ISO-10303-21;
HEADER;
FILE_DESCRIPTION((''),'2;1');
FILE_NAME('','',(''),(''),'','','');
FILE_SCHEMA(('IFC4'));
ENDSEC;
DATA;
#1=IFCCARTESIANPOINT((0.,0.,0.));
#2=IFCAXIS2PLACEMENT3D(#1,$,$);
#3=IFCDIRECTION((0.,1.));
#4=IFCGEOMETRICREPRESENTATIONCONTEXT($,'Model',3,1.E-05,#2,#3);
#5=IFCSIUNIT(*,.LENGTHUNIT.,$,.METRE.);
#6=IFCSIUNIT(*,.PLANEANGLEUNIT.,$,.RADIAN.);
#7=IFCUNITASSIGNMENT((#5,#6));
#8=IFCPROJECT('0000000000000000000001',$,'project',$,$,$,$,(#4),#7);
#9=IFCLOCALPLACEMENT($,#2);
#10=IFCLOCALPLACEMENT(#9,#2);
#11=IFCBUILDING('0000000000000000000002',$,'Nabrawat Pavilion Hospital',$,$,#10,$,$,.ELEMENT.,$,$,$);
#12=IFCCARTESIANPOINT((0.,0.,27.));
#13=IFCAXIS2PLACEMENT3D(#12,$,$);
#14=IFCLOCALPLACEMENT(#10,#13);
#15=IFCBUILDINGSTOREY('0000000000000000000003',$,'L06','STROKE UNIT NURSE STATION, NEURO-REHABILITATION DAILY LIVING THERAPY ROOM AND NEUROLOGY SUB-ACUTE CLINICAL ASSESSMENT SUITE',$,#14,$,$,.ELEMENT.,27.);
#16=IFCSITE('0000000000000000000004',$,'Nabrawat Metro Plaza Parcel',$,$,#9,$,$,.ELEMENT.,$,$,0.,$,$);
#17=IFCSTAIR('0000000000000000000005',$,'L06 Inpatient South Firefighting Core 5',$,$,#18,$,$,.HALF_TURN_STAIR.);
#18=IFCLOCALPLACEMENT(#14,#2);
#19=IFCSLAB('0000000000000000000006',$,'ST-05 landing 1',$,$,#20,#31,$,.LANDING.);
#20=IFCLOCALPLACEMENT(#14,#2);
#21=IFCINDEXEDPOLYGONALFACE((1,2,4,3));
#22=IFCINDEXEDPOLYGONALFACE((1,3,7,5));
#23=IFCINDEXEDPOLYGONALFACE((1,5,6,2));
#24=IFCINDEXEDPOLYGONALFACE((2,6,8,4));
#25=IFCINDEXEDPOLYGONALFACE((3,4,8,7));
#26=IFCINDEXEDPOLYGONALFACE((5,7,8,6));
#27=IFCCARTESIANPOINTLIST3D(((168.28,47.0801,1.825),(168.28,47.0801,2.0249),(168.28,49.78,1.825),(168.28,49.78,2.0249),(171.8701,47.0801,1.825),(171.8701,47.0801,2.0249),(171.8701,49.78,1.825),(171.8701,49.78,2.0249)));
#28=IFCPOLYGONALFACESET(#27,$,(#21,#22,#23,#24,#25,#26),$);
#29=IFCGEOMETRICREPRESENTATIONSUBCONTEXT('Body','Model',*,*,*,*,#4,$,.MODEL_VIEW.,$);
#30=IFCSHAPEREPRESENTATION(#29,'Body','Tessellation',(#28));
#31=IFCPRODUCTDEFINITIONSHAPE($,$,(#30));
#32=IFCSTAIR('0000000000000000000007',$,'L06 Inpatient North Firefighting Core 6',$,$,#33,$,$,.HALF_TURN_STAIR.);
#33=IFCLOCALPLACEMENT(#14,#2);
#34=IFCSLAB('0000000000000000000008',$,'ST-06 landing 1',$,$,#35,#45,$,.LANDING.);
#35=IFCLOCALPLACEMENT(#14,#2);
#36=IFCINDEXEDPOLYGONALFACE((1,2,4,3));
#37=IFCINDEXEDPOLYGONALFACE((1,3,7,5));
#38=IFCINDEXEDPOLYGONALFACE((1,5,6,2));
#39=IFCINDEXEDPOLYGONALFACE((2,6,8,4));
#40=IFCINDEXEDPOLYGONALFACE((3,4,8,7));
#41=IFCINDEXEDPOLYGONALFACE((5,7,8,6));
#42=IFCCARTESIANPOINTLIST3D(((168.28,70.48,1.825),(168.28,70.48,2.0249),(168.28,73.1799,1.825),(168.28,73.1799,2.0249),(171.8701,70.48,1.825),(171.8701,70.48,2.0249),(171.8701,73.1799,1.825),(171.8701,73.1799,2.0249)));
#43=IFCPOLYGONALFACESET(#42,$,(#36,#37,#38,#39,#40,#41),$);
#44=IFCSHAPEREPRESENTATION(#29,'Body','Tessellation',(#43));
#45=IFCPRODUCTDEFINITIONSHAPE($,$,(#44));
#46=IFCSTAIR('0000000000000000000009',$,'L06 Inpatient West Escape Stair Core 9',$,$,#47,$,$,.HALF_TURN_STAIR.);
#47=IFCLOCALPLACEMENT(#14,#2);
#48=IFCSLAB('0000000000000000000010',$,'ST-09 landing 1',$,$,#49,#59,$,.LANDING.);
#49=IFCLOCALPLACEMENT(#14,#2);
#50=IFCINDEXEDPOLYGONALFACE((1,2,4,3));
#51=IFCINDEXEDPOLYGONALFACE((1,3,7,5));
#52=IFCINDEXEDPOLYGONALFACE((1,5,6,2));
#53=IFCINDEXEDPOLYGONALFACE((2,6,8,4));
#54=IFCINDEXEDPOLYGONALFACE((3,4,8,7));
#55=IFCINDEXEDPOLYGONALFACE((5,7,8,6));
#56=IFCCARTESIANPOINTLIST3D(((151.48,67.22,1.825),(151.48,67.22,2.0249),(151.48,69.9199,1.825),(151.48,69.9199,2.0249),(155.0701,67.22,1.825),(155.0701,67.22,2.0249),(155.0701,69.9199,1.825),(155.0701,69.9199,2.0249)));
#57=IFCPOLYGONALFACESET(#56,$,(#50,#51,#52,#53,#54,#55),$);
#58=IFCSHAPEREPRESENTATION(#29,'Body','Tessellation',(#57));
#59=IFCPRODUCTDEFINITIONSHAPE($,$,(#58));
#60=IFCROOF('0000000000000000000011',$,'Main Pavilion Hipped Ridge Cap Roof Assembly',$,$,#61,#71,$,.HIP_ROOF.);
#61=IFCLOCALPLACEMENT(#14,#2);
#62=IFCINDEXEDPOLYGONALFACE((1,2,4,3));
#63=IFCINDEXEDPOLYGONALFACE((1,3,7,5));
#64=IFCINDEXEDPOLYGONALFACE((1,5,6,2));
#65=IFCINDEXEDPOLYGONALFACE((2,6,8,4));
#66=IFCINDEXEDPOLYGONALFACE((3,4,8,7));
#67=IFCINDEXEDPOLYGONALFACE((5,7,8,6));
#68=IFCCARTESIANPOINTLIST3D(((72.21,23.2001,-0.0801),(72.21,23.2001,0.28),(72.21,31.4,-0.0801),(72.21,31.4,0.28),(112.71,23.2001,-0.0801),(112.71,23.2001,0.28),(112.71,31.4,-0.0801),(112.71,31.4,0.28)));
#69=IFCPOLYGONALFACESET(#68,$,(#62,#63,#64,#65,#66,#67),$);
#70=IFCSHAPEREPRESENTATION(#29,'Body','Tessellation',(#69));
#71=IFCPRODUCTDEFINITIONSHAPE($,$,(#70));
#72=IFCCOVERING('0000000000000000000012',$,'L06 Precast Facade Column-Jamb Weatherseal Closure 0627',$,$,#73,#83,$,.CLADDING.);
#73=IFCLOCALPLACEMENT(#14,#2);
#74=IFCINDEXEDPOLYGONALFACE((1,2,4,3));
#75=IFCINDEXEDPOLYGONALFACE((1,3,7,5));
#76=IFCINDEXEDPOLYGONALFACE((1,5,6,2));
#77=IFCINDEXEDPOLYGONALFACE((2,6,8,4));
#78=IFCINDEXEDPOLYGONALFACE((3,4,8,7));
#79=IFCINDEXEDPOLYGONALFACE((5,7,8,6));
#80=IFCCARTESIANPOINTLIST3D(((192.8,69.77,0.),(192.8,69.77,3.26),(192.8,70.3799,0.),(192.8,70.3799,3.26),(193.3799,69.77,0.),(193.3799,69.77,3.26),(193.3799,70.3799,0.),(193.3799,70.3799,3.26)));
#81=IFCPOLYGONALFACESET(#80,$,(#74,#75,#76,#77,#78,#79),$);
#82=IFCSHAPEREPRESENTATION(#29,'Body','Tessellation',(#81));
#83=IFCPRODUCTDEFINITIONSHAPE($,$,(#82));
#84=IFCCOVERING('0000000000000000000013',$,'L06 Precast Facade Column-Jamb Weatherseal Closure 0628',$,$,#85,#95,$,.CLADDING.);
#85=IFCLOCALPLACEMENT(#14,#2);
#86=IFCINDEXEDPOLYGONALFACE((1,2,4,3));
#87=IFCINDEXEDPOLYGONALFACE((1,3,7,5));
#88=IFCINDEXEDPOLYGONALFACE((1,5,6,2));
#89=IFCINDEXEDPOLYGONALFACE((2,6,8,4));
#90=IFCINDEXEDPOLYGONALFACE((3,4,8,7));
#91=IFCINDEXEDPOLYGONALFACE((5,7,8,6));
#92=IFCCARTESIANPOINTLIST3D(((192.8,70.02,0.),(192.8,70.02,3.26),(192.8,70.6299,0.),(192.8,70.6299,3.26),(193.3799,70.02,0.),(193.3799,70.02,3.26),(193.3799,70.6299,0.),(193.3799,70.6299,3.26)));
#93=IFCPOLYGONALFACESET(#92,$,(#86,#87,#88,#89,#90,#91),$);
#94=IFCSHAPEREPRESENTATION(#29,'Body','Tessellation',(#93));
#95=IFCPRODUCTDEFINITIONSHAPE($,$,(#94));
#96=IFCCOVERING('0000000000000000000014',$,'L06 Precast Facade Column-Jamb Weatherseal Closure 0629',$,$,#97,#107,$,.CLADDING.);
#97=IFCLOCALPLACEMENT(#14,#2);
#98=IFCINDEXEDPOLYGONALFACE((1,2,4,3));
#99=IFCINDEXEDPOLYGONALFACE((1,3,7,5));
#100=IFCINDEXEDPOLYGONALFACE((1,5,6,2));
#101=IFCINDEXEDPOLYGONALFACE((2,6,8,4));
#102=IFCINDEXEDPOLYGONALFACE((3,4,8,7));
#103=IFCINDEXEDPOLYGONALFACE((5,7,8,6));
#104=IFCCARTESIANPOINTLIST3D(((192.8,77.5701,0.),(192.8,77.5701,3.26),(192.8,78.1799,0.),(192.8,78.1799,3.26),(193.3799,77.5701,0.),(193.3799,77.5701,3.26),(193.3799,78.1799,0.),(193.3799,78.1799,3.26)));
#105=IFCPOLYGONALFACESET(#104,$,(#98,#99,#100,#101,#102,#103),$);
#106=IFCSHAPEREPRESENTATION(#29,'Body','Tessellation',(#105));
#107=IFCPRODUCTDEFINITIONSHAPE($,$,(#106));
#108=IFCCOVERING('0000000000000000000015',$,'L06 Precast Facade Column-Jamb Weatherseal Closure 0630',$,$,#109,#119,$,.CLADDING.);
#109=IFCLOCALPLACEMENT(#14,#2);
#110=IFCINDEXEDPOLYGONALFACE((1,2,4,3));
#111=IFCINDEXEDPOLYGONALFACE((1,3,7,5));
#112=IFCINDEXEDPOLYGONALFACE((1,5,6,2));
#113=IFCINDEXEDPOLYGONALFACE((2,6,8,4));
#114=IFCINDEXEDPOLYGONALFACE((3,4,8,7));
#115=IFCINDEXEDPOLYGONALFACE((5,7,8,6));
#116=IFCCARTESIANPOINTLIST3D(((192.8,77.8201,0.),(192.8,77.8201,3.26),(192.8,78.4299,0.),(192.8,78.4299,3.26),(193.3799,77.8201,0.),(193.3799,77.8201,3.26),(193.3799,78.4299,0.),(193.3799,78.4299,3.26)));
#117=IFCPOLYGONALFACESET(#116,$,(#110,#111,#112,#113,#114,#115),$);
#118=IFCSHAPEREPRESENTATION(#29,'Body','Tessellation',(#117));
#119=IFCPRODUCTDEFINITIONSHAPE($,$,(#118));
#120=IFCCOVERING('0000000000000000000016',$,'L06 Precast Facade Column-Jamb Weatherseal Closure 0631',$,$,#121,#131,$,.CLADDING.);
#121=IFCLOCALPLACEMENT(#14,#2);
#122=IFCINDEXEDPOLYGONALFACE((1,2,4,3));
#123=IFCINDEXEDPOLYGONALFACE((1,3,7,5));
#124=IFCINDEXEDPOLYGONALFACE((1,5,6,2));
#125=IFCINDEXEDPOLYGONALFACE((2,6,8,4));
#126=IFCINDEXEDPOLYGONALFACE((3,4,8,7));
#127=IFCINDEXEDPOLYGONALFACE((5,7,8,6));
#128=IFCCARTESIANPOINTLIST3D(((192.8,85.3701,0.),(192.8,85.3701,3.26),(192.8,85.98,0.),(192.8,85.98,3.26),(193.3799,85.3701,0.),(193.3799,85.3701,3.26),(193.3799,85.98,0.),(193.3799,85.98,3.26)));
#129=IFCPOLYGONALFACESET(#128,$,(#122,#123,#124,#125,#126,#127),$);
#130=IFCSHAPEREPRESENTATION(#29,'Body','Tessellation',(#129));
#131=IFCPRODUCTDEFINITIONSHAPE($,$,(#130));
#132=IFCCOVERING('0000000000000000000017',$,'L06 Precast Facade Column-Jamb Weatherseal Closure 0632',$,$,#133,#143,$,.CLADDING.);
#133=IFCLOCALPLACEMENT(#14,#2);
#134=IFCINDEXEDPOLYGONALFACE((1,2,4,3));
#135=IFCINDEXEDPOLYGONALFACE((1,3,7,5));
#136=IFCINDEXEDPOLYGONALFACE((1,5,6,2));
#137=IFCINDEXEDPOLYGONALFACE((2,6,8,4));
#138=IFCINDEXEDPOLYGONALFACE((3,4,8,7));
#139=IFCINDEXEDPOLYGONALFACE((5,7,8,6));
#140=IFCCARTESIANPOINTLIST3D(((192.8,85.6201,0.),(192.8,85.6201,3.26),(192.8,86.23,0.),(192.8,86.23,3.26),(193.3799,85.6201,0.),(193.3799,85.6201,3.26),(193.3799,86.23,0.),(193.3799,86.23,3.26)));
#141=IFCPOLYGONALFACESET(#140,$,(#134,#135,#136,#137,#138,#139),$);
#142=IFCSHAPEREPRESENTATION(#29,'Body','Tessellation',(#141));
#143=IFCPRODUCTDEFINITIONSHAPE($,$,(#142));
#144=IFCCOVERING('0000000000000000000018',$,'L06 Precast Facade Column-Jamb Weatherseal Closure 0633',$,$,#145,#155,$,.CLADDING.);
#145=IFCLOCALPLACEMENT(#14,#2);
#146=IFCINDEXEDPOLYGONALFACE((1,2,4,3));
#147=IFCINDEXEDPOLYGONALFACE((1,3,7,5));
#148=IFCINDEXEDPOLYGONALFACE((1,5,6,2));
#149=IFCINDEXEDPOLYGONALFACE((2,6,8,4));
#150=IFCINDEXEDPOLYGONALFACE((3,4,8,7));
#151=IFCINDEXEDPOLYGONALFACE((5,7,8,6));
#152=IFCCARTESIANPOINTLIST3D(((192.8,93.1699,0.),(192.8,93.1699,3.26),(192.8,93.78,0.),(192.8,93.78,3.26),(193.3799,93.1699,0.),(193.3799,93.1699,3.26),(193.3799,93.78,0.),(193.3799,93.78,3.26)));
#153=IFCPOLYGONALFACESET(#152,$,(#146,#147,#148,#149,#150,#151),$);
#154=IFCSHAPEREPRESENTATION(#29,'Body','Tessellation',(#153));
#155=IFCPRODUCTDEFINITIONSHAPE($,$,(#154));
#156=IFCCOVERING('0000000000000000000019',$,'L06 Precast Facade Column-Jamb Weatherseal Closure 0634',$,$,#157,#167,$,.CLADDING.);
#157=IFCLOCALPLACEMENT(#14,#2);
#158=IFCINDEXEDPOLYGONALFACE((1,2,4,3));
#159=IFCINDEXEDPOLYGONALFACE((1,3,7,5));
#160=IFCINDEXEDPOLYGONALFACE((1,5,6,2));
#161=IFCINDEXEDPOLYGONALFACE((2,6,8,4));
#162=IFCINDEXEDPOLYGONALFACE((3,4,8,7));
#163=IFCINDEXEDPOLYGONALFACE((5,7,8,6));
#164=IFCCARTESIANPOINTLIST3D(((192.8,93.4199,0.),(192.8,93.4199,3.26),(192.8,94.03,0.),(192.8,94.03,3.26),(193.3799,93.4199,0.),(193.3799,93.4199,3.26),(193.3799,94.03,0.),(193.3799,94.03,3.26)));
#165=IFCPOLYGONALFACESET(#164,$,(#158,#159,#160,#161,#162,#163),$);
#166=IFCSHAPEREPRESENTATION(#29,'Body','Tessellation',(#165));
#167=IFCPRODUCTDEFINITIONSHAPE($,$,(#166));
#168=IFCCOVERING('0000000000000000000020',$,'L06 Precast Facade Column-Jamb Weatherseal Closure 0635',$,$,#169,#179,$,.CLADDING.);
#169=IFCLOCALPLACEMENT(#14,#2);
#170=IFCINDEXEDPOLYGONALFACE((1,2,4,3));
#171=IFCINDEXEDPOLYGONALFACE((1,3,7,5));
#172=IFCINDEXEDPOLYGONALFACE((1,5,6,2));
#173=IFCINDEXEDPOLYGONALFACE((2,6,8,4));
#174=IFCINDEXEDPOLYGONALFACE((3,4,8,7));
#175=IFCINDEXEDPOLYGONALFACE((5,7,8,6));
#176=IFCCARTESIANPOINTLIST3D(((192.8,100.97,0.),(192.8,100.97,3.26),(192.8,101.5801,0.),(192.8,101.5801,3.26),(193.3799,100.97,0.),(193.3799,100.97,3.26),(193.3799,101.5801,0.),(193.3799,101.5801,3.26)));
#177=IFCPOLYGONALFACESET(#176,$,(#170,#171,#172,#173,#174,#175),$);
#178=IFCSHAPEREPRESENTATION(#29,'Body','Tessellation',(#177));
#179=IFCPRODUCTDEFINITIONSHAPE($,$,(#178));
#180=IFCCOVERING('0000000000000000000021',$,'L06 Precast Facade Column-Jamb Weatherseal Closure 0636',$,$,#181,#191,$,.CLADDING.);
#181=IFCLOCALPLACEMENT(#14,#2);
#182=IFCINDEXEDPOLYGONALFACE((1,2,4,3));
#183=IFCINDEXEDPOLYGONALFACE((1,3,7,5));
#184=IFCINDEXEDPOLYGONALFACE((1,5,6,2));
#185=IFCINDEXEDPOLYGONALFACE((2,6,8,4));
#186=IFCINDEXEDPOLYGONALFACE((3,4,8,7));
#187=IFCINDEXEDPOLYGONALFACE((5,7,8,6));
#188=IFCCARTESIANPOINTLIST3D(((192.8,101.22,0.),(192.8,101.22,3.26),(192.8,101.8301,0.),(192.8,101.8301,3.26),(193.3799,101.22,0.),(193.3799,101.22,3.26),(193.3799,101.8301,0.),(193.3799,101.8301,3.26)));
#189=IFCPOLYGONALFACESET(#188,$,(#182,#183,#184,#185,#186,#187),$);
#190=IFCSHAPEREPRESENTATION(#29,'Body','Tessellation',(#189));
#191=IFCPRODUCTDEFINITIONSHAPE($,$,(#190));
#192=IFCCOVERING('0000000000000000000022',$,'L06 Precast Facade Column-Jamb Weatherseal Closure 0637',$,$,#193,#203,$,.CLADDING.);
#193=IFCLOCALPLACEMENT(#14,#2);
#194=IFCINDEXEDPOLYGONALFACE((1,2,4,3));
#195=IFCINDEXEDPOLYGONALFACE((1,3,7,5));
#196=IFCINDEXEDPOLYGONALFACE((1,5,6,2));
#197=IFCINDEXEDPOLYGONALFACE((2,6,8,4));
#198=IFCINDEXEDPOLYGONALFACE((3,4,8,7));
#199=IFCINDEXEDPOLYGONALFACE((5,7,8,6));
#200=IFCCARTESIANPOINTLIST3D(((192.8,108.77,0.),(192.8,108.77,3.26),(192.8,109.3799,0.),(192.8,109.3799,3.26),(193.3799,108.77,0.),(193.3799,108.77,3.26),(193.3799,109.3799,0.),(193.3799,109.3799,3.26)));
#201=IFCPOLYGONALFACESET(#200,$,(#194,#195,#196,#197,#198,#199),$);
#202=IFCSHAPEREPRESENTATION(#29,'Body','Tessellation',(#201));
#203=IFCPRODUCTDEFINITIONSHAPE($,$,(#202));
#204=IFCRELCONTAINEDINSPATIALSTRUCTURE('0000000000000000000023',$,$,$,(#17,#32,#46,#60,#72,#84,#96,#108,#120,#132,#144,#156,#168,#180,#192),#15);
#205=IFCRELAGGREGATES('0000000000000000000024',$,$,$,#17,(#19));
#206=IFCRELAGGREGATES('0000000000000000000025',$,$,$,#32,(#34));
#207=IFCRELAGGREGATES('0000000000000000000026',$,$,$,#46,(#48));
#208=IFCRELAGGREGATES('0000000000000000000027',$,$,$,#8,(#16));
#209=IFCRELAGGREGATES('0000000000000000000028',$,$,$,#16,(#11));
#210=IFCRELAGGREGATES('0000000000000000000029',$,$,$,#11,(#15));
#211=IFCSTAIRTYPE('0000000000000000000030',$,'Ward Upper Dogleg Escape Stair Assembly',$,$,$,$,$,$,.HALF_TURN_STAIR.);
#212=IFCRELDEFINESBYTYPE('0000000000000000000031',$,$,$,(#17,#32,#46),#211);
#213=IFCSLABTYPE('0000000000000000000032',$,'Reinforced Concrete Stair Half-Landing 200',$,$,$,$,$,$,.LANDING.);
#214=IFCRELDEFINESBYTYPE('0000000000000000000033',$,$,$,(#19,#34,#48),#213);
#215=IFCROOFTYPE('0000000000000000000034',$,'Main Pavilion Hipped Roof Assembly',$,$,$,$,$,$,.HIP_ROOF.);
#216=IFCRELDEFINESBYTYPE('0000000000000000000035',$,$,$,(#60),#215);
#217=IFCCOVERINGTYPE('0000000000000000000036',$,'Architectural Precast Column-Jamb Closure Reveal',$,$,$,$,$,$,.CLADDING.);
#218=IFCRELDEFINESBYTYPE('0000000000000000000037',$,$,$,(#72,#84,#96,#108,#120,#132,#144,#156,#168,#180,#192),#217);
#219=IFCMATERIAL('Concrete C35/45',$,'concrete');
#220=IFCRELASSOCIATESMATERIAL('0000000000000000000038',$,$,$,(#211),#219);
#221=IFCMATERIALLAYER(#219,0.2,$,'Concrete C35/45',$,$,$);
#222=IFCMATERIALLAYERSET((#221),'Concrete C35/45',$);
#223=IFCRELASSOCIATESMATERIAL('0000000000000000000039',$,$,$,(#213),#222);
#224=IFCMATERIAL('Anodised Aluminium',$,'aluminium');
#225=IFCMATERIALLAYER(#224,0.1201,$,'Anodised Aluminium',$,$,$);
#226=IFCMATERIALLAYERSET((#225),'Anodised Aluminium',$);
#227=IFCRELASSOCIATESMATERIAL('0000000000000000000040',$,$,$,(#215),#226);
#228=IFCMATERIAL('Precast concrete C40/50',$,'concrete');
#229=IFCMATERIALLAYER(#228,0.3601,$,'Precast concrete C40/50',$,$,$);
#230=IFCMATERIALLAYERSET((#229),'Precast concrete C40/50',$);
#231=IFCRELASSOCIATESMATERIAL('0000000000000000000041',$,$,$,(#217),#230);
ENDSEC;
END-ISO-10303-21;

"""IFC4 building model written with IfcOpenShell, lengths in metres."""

from ifc_helpers import new_model, si_unit, direction, frame, origin, origin_2d, place, context, subcontext, project, spatial, polyline, rectangle, outline, extrude, material, layer, layer_set, type_object, element, aggregate, save


model = new_model("IFC4")

# Units and contexts
model_context = context("Model", 3, precision=1e-05, world=origin(), true_north=direction((0.0, 1.0)))
body_context = subcontext(model_context, "Body", "Model", "MODEL_VIEW")
ifc_project = project(units=[si_unit("LENGTHUNIT", "METRE"), si_unit("PLANEANGLEUNIT", "RADIAN")], contexts=[model_context])

# Site, building, storey
site_placement = place(None, origin())
site = spatial("IfcSite", under=ifc_project, at=site_placement, Name="Nabrawat Metro Plaza Parcel", CompositionType="ELEMENT", RefElevation=0.0)
building_placement = place(site_placement, origin())
building = spatial("IfcBuilding", under=site, at=building_placement, Name="Nabrawat Pavilion Hospital", CompositionType="ELEMENT")
storey_placement = place(building_placement, frame((0.0, 0.0, 27.0)))
storey = spatial("IfcBuildingStorey", under=building, at=storey_placement, Name="L06", Description="STROKE UNIT NURSE STATION, NEURO-REHABILITATION DAILY LIVING THERAPY ROOM AND NEUROLOGY SUB-ACUTE CLINICAL ASSESSMENT SUITE", CompositionType="ELEMENT", Elevation=27.0)

# Stairs, slabs
ifc_material_1 = material(Name="Concrete C35/45", Category="concrete")
stair_type = type_object("IfcStairType", Name="Ward Upper Dogleg Escape Stair Assembly", PredefinedType="HALF_TURN_STAIR", material=ifc_material_1)
stair_1_placement = place(storey_placement, origin())
stair_1 = element("IfcStair", 1, at=stair_1_placement, inside=storey, type_object=stair_type, Name="L06 Inpatient South Firefighting Core 5", PredefinedType="HALF_TURN_STAIR")
ifc_layer_1 = layer(ifc_material_1, 0.2, Name="Concrete C35/45")
ifc_layer_set_1 = layer_set([ifc_layer_1], Name="Concrete C35/45")
slab_type = type_object("IfcSlabType", Name="Reinforced Concrete Stair Half-Landing 200", PredefinedType="LANDING", material=ifc_layer_set_1)
slab_1_placement = place(storey_placement, frame((0.0, 0.0, 1.825)))
slab_1 = element("IfcSlab", 2, at=slab_1_placement, type_object=slab_type, Name="ST-05 landing 1", PredefinedType="LANDING", context=body_context, shape_type="SweptSolid", body=[
    extrude(outline(polyline([(171.8701, 47.0801), (171.8701, 49.78), (168.28, 49.78), (168.28, 47.0801), (171.8701, 47.0801)])), origin(), (0.0, 0.0, 1.0), 0.2),
])
aggregate(stair_1, [slab_1])
stair_2_placement = place(storey_placement, origin())
stair_2 = element("IfcStair", 3, at=stair_2_placement, inside=storey, type_object=stair_type, Name="L06 Inpatient North Firefighting Core 6", PredefinedType="HALF_TURN_STAIR")
slab_2_placement = place(storey_placement, frame((0.0, 0.0, 1.825)))
slab_2 = element("IfcSlab", 4, at=slab_2_placement, type_object=slab_type, Name="ST-06 landing 1", PredefinedType="LANDING", context=body_context, shape_type="SweptSolid", body=[
    extrude(outline(polyline([(171.8701, 70.48), (171.8701, 73.1799), (168.28, 73.1799), (168.28, 70.48), (171.8701, 70.48)])), origin(), (0.0, 0.0, 1.0), 0.2),
])
aggregate(stair_2, [slab_2])
stair_3_placement = place(storey_placement, origin())
stair_3 = element("IfcStair", 5, at=stair_3_placement, inside=storey, type_object=stair_type, Name="L06 Inpatient West Escape Stair Core 9", PredefinedType="HALF_TURN_STAIR")
slab_3_placement = place(storey_placement, frame((0.0, 0.0, 1.825)))
slab_3 = element("IfcSlab", 6, at=slab_3_placement, type_object=slab_type, Name="ST-09 landing 1", PredefinedType="LANDING", context=body_context, shape_type="SweptSolid", body=[
    extrude(outline(polyline([(155.0701, 67.22), (155.0701, 69.9199), (151.48, 69.9199), (151.48, 67.22), (155.0701, 67.22)])), origin(), (0.0, 0.0, 1.0), 0.2),
])
aggregate(stair_3, [slab_3])

# Roof
ifc_material_2 = material(Name="Anodised Aluminium", Category="aluminium")
ifc_layer_2 = layer(ifc_material_2, 0.1201, Name="Anodised Aluminium")
ifc_layer_set_2 = layer_set([ifc_layer_2], Name="Anodised Aluminium")
roof_type = type_object("IfcRoofType", Name="Main Pavilion Hipped Roof Assembly", PredefinedType="HIP_ROOF", material=ifc_layer_set_2)
roof_placement = place(storey_placement, frame((92.46, 27.3, -0.0801), z_axis=(0.0, 0.0, 1.0), x_axis=(1.0, 0.0, 0.0)))
element("IfcRoof", 7, at=roof_placement, inside=storey, type_object=roof_type, Name="Main Pavilion Hipped Ridge Cap Roof Assembly", PredefinedType="HIP_ROOF", context=body_context, shape_type="SweptSolid", body=[
    extrude(rectangle(XDim=40.5, YDim=8.2, at=origin_2d()), origin(), (0.0, 0.0, 1.0), 0.3601),
])

# Coverings
ifc_material_3 = material(Name="Precast concrete C40/50", Category="concrete")
ifc_layer_3 = layer(ifc_material_3, 0.3601, Name="Precast concrete C40/50")
ifc_layer_set_3 = layer_set([ifc_layer_3], Name="Precast concrete C40/50")
covering_type_1 = type_object("IfcCoveringType", Name="Architectural Precast Column-Jamb Closure Reveal", PredefinedType="CLADDING", material=ifc_layer_set_3)
covering_1_placement = place(storey_placement, origin())
element("IfcCovering", 8, at=covering_1_placement, inside=storey, type_object=covering_type_1, Name="L06 Precast Facade Column-Jamb Weatherseal Closure 0627", PredefinedType="CLADDING", context=body_context, shape_type="SweptSolid", body=[
    extrude(outline(polyline([(193.3799, 69.77), (193.3799, 70.3799), (192.8, 70.3799), (192.8, 69.77), (193.3799, 69.77)])), origin(), (0.0, 0.0, 1.0), 3.26),
])
covering_2_placement = place(storey_placement, origin())
element("IfcCovering", 9, at=covering_2_placement, inside=storey, type_object=covering_type_1, Name="L06 Precast Facade Column-Jamb Weatherseal Closure 0628", PredefinedType="CLADDING", context=body_context, shape_type="SweptSolid", body=[
    extrude(outline(polyline([(193.3799, 70.02), (193.3799, 70.6299), (192.8, 70.6299), (192.8, 70.02), (193.3799, 70.02)])), origin(), (0.0, 0.0, 1.0), 3.26),
])
covering_3_placement = place(storey_placement, origin())
element("IfcCovering", 10, at=covering_3_placement, inside=storey, type_object=covering_type_1, Name="L06 Precast Facade Column-Jamb Weatherseal Closure 0629", PredefinedType="CLADDING", context=body_context, shape_type="SweptSolid", body=[
    extrude(outline(polyline([(193.3799, 77.5701), (193.3799, 78.1799), (192.8, 78.1799), (192.8, 77.5701), (193.3799, 77.5701)])), origin(), (0.0, 0.0, 1.0), 3.26),
])
covering_4_placement = place(storey_placement, origin())
element("IfcCovering", 11, at=covering_4_placement, inside=storey, type_object=covering_type_1, Name="L06 Precast Facade Column-Jamb Weatherseal Closure 0630", PredefinedType="CLADDING", context=body_context, shape_type="SweptSolid", body=[
    extrude(outline(polyline([(193.3799, 77.8201), (193.3799, 78.4299), (192.8, 78.4299), (192.8, 77.8201), (193.3799, 77.8201)])), origin(), (0.0, 0.0, 1.0), 3.26),
])
covering_5_placement = place(storey_placement, origin())
element("IfcCovering", 12, at=covering_5_placement, inside=storey, type_object=covering_type_1, Name="L06 Precast Facade Column-Jamb Weatherseal Closure 0631", PredefinedType="CLADDING", context=body_context, shape_type="SweptSolid", body=[
    extrude(outline(polyline([(193.3799, 85.3701), (193.3799, 85.98), (192.8, 85.98), (192.8, 85.3701), (193.3799, 85.3701)])), origin(), (0.0, 0.0, 1.0), 3.26),
])
covering_6_placement = place(storey_placement, origin())
element("IfcCovering", 13, at=covering_6_placement, inside=storey, type_object=covering_type_1, Name="L06 Precast Facade Column-Jamb Weatherseal Closure 0632", PredefinedType="CLADDING", context=body_context, shape_type="SweptSolid", body=[
    extrude(outline(polyline([(193.3799, 85.6201), (193.3799, 86.23), (192.8, 86.23), (192.8, 85.6201), (193.3799, 85.6201)])), origin(), (0.0, 0.0, 1.0), 3.26),
])
covering_7_placement = place(storey_placement, origin())
element("IfcCovering", 14, at=covering_7_placement, inside=storey, type_object=covering_type_1, Name="L06 Precast Facade Column-Jamb Weatherseal Closure 0633", PredefinedType="CLADDING", context=body_context, shape_type="SweptSolid", body=[
    extrude(outline(polyline([(193.3799, 93.1699), (193.3799, 93.78), (192.8, 93.78), (192.8, 93.1699), (193.3799, 93.1699)])), origin(), (0.0, 0.0, 1.0), 3.26),
])
covering_8_placement = place(storey_placement, origin())
element("IfcCovering", 15, at=covering_8_placement, inside=storey, type_object=covering_type_1, Name="L06 Precast Facade Column-Jamb Weatherseal Closure 0634", PredefinedType="CLADDING", context=body_context, shape_type="SweptSolid", body=[
    extrude(outline(polyline([(193.3799, 93.4199), (193.3799, 94.03), (192.8, 94.03), (192.8, 93.4199), (193.3799, 93.4199)])), origin(), (0.0, 0.0, 1.0), 3.26),
])
covering_9_placement = place(storey_placement, origin())
element("IfcCovering", 16, at=covering_9_placement, inside=storey, type_object=covering_type_1, Name="L06 Precast Facade Column-Jamb Weatherseal Closure 0635", PredefinedType="CLADDING", context=body_context, shape_type="SweptSolid", body=[
    extrude(outline(polyline([(193.3799, 100.97), (193.3799, 101.5801), (192.8, 101.5801), (192.8, 100.97), (193.3799, 100.97)])), origin(), (0.0, 0.0, 1.0), 3.26),
])
covering_10_placement = place(storey_placement, origin())
element("IfcCovering", 17, at=covering_10_placement, inside=storey, type_object=covering_type_1, Name="L06 Precast Facade Column-Jamb Weatherseal Closure 0636", PredefinedType="CLADDING", context=body_context, shape_type="SweptSolid", body=[
    extrude(outline(polyline([(193.3799, 101.22), (193.3799, 101.8301), (192.8, 101.8301), (192.8, 101.22), (193.3799, 101.22)])), origin(), (0.0, 0.0, 1.0), 3.26),
])
covering_11_placement = place(storey_placement, origin())
element("IfcCovering", 18, at=covering_11_placement, inside=storey, type_object=covering_type_1, Name="L06 Precast Facade Column-Jamb Weatherseal Closure 0637", PredefinedType="CLADDING", context=body_context, shape_type="SweptSolid", body=[
    extrude(outline(polyline([(193.3799, 108.77), (193.3799, 109.3799), (192.8, 109.3799), (192.8, 108.77), (193.3799, 108.77)])), origin(), (0.0, 0.0, 1.0), 3.26),
])

save(model, "model.ifc")
